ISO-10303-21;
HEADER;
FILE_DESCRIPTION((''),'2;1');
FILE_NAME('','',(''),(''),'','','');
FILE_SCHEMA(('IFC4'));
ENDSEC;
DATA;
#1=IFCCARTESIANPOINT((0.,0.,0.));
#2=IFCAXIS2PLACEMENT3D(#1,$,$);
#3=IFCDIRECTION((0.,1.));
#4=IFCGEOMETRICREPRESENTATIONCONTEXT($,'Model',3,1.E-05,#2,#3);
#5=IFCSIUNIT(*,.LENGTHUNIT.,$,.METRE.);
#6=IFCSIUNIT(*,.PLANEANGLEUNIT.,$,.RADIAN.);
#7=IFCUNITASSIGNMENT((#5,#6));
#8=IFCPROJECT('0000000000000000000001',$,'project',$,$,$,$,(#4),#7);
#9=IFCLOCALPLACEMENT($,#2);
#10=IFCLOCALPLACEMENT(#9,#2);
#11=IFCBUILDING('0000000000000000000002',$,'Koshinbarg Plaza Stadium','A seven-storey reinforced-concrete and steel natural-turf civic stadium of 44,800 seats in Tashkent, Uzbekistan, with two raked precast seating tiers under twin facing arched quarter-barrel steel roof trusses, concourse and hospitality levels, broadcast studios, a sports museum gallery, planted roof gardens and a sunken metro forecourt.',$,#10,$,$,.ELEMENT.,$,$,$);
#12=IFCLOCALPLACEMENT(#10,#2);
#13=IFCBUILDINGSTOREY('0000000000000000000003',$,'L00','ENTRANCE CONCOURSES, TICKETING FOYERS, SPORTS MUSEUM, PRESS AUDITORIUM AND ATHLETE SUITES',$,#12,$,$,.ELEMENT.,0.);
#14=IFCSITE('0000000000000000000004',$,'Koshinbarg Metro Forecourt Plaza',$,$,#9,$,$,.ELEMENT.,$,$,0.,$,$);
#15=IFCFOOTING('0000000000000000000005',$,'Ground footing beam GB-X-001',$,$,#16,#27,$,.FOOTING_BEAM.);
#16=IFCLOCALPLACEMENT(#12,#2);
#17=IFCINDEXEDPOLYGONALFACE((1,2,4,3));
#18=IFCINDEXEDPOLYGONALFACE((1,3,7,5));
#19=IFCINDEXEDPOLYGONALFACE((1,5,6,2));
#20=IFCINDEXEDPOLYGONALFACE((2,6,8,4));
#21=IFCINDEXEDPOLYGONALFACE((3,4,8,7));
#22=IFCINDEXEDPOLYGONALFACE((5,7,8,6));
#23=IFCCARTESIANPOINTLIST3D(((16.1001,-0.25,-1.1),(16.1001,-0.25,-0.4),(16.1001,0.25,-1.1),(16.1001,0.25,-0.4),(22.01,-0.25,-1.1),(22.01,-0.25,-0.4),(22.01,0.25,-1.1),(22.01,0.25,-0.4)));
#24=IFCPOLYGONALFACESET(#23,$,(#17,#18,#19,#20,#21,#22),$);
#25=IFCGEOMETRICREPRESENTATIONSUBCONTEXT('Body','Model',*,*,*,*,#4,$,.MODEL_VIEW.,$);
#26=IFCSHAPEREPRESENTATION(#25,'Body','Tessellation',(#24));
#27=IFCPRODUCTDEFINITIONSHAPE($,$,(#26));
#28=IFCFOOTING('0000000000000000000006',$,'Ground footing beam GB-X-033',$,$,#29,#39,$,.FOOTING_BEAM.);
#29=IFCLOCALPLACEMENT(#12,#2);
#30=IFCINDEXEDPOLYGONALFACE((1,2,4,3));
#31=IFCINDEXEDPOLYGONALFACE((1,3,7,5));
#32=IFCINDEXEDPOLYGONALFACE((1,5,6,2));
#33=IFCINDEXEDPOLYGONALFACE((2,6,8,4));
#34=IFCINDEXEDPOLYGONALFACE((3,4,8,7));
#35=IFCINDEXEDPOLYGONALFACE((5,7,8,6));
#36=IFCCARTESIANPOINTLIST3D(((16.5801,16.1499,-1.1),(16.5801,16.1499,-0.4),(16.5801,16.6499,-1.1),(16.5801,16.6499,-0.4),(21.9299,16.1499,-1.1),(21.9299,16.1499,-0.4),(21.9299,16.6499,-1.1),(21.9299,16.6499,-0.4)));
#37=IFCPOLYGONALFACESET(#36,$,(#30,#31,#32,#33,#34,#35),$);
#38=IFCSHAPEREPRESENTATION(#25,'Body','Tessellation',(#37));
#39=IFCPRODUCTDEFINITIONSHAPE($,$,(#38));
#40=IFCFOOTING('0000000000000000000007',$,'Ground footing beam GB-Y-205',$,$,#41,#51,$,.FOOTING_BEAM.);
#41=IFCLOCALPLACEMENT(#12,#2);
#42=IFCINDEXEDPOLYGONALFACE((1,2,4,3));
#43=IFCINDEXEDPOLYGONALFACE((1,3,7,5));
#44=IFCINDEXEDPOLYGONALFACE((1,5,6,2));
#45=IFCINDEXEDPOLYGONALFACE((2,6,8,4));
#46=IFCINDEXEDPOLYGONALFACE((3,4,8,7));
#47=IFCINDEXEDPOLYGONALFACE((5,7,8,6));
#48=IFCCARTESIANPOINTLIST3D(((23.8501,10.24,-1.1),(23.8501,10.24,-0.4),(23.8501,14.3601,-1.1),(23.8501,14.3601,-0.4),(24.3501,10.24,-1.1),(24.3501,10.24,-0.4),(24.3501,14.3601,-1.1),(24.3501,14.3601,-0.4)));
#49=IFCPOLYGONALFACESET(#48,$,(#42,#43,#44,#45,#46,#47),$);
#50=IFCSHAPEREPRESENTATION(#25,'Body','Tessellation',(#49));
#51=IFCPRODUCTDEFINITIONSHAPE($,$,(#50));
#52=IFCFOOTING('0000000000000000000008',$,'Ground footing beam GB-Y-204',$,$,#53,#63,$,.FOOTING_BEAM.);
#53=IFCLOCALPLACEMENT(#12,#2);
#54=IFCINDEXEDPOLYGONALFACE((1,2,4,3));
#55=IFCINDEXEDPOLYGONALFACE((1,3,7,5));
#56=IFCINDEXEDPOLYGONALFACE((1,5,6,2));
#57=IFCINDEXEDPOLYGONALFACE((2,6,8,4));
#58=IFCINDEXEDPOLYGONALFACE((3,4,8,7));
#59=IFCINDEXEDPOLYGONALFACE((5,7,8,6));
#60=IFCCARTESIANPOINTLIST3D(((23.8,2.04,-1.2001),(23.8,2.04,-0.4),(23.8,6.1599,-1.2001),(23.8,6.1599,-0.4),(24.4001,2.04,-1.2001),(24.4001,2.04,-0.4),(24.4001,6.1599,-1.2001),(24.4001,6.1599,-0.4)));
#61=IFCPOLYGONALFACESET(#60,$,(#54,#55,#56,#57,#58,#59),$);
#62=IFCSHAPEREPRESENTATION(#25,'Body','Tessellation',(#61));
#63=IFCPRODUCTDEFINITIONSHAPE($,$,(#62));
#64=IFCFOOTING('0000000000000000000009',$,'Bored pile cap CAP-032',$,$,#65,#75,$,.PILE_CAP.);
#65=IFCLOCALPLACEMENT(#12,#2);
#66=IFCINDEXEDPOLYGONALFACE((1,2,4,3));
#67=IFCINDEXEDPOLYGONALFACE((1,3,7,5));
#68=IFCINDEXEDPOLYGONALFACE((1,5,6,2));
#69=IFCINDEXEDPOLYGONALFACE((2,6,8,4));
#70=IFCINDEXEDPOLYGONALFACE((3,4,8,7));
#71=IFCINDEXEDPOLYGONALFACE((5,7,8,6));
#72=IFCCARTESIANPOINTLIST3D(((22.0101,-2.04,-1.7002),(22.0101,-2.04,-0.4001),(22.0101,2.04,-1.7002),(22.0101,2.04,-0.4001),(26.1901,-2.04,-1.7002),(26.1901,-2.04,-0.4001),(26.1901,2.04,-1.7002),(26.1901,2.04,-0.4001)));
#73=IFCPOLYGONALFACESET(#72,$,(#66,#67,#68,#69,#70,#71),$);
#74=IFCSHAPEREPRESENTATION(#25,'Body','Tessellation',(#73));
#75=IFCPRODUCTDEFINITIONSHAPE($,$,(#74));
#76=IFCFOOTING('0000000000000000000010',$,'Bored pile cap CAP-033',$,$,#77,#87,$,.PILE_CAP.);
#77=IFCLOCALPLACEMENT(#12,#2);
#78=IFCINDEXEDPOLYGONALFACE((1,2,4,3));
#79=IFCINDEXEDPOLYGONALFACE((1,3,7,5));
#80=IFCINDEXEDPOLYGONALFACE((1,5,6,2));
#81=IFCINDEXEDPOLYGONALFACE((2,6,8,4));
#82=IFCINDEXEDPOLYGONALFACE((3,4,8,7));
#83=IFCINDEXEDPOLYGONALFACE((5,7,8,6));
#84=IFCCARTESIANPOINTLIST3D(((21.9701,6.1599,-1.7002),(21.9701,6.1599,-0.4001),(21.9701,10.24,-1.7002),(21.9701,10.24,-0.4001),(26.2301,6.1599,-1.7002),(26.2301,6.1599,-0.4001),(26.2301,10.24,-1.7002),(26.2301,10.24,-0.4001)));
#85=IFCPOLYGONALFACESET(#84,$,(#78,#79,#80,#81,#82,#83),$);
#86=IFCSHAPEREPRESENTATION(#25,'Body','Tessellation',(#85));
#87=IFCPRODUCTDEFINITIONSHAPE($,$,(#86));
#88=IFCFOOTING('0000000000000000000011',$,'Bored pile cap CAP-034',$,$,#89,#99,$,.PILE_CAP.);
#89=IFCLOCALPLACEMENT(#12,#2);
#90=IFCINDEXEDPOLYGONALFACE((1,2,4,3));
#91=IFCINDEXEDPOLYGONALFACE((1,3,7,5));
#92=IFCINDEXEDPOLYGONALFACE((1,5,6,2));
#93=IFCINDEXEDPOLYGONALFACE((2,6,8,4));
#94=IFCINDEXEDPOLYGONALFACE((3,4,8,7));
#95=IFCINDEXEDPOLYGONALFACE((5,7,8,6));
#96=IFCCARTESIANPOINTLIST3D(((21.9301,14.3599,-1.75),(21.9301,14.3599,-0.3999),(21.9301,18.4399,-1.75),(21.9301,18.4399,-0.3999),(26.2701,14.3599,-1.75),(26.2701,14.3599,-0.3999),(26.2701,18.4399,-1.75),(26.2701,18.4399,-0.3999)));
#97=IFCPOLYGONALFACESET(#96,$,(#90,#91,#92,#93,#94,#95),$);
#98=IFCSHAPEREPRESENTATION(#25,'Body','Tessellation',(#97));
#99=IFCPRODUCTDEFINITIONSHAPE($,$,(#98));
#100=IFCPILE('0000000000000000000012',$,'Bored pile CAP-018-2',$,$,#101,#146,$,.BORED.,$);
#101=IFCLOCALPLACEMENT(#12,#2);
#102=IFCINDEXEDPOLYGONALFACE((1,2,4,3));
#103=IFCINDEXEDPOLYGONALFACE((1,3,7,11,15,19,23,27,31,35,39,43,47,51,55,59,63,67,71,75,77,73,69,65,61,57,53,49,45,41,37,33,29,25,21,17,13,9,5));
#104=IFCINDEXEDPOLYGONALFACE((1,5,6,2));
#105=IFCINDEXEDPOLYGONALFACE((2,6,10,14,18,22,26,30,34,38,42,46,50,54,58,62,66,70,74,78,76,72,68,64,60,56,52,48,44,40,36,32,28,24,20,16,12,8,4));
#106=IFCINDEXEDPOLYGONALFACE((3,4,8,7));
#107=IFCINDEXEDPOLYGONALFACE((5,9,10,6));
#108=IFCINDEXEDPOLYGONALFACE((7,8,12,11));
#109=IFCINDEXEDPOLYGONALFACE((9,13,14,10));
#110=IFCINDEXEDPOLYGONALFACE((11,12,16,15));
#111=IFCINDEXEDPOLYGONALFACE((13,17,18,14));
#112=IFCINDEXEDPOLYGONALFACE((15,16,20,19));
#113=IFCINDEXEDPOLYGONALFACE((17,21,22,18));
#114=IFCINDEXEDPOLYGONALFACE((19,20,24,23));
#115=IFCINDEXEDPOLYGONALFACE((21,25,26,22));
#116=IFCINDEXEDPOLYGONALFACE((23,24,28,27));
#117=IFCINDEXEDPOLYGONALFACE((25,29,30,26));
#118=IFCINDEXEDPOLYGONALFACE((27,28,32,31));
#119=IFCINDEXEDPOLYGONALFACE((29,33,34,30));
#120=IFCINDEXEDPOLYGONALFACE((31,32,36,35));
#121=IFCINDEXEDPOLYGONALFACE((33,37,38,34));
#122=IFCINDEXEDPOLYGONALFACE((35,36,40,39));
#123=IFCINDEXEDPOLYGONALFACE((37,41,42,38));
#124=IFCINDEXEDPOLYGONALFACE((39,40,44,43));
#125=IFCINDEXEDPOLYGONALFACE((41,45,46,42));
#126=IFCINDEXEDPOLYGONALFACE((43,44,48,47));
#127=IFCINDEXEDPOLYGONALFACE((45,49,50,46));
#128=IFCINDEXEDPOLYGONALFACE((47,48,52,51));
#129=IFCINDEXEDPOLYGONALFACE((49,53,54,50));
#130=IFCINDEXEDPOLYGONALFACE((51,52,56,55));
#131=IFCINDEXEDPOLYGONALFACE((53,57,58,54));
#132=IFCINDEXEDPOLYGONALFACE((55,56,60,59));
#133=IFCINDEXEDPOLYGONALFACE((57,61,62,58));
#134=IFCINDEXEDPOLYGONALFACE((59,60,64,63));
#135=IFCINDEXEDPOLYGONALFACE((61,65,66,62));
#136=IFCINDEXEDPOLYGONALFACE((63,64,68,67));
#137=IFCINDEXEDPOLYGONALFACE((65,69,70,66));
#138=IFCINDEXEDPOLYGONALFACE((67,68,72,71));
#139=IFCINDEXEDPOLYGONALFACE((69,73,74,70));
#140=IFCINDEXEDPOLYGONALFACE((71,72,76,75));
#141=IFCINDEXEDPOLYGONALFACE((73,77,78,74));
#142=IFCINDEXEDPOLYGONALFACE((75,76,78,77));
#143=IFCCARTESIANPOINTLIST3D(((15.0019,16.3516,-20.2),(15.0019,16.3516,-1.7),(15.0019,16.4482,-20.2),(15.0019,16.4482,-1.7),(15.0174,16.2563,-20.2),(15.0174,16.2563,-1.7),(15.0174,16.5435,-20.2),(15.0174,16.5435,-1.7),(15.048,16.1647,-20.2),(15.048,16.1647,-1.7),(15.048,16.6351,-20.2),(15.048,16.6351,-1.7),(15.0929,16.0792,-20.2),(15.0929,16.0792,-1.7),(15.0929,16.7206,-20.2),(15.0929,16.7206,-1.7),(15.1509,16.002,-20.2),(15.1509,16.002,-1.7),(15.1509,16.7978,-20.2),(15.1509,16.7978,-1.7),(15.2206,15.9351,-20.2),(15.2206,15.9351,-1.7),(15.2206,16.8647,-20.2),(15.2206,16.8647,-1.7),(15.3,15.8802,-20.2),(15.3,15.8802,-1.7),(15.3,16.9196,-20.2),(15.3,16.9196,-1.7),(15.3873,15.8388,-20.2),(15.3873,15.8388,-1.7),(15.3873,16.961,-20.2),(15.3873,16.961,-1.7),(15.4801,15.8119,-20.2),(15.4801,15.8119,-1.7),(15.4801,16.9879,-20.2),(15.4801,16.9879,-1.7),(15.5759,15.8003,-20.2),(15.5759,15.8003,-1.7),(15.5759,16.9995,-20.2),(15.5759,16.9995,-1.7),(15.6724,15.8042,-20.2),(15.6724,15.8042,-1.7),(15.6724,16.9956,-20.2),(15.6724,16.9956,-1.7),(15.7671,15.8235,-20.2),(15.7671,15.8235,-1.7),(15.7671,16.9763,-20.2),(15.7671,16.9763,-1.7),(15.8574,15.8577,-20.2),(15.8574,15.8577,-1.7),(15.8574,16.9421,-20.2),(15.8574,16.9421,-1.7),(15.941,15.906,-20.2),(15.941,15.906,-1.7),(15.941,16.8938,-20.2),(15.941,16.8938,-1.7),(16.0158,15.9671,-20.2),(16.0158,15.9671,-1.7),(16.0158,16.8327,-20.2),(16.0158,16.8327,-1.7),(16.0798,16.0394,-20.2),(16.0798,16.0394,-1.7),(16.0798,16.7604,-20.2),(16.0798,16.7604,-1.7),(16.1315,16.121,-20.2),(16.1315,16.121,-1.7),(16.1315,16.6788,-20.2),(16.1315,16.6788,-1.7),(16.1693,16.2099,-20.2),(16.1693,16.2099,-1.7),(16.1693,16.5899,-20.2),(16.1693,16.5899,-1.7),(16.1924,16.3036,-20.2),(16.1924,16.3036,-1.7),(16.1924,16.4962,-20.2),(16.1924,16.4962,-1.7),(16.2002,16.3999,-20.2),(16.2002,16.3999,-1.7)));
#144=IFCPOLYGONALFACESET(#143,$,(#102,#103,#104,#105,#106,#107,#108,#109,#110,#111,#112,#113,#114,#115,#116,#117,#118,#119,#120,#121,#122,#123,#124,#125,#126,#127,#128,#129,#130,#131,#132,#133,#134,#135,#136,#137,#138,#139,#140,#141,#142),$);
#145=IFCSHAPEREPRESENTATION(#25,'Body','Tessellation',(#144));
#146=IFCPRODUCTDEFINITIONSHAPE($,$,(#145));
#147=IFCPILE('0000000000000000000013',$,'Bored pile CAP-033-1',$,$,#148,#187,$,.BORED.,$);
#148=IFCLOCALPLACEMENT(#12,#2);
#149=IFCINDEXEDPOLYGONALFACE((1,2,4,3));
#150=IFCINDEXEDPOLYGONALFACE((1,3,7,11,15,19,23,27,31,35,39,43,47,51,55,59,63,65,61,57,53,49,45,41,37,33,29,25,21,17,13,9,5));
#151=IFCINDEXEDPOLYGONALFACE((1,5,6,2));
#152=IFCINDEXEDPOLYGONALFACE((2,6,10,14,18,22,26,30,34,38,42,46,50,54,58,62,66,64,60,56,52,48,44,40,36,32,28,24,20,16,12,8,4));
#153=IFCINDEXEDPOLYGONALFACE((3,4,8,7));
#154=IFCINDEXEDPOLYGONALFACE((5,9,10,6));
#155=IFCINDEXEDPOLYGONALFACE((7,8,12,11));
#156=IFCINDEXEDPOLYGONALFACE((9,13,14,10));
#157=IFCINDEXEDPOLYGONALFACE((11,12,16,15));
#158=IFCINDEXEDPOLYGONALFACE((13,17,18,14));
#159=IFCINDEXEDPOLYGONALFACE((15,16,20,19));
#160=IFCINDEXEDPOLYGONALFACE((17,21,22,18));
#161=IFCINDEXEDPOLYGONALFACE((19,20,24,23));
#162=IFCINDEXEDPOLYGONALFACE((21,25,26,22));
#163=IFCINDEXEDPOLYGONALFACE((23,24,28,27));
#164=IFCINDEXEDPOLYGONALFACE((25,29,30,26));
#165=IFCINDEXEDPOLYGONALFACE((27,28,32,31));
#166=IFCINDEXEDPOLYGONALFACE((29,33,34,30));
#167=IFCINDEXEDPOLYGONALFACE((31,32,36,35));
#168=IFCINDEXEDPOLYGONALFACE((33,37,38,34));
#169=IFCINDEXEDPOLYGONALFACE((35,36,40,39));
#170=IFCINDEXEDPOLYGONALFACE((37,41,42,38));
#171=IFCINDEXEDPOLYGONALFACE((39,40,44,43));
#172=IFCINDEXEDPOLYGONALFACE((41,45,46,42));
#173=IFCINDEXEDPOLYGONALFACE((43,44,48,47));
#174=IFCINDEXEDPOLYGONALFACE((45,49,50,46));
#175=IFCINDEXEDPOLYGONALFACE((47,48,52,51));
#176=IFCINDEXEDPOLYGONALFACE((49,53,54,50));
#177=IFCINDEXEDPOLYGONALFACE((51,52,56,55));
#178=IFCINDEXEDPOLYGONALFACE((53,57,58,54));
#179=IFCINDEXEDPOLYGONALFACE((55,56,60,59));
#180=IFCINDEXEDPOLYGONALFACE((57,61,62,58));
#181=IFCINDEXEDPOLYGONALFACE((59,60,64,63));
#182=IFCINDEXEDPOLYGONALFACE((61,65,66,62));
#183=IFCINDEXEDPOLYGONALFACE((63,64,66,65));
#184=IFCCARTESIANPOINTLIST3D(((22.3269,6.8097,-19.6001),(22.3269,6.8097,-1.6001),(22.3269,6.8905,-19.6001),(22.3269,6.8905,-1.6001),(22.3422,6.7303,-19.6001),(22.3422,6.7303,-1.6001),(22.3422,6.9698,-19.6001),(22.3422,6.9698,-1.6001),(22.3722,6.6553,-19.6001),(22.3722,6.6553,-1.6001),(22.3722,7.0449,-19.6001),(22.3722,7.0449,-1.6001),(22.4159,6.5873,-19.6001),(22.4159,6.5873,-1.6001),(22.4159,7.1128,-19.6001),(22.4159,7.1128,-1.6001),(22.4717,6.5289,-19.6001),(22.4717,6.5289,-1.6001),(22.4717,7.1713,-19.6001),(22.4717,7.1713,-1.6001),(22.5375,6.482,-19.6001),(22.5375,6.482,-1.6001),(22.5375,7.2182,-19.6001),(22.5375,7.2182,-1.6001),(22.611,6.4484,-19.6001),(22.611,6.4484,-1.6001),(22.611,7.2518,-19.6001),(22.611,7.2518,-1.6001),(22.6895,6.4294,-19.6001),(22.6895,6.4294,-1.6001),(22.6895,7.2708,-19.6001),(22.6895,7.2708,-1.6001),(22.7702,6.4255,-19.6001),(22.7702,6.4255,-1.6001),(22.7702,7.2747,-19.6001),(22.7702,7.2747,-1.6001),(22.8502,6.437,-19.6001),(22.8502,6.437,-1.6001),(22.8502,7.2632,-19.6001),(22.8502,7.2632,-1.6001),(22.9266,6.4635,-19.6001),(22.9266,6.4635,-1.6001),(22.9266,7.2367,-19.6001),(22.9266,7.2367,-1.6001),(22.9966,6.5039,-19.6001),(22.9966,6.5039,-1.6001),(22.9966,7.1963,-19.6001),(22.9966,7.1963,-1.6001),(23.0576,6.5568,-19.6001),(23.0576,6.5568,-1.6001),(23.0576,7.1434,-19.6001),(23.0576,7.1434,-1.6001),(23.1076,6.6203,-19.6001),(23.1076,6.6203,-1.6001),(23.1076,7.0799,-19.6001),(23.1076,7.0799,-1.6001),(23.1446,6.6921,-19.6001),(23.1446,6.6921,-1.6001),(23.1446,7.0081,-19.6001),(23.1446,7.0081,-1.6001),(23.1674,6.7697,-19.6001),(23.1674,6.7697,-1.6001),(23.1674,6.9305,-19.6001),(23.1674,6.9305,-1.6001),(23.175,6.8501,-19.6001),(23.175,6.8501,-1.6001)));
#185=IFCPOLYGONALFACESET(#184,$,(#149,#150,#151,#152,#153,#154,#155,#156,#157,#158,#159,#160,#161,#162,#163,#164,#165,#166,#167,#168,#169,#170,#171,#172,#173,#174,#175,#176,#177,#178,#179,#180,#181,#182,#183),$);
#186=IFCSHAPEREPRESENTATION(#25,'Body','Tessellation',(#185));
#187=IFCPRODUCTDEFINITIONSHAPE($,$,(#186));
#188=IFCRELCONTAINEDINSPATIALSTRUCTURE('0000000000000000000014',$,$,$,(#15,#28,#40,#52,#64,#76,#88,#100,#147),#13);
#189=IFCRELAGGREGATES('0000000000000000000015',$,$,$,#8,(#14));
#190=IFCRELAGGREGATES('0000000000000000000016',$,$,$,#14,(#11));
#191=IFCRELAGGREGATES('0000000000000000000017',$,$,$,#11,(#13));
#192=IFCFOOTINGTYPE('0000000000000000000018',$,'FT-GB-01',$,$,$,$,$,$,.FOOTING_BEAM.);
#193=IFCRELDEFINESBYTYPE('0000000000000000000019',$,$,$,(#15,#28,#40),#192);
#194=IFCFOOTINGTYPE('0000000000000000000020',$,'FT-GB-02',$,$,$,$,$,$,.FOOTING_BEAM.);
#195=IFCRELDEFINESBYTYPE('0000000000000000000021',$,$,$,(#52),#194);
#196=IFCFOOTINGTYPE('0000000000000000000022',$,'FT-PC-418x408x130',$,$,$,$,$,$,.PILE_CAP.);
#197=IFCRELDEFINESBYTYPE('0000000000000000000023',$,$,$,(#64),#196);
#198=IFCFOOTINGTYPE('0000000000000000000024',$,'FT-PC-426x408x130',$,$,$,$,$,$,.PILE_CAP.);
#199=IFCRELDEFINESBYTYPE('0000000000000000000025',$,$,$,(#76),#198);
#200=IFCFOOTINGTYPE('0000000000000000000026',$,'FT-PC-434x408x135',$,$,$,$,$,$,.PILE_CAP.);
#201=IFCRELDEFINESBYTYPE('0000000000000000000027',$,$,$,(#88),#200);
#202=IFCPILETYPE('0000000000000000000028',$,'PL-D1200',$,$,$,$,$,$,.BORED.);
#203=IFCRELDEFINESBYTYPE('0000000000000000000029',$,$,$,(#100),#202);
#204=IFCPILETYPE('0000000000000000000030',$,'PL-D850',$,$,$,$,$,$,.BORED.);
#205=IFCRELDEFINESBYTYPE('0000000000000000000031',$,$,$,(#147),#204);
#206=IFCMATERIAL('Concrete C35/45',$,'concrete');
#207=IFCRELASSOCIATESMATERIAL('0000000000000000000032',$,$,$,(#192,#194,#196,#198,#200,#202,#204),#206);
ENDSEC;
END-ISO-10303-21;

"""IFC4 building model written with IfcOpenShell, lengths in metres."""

from ifc_helpers import new_model, si_unit, direction, frame, origin, origin_2d, place, context, subcontext, project, spatial, rectangle, circle, extrude, material, material_profile, profile_set, type_object, element, save


model = new_model("IFC4")

# Units and contexts
model_context = context("Model", 3, precision=1e-05, world=origin(), true_north=direction((0.0, 1.0)))
body_context = subcontext(model_context, "Body", "Model", "MODEL_VIEW")
ifc_project = project(units=[si_unit("LENGTHUNIT", "METRE"), si_unit("PLANEANGLEUNIT", "RADIAN")], contexts=[model_context])

# Site, building, storey
site_placement = place(None, origin())
site = spatial("IfcSite", under=ifc_project, at=site_placement, Name="Koshinbarg Metro Forecourt Plaza", CompositionType="ELEMENT", RefElevation=0.0)
building_placement = place(site_placement, origin())
building = spatial("IfcBuilding", under=site, at=building_placement, Name="Koshinbarg Plaza Stadium", Description="A seven-storey reinforced-concrete and steel natural-turf civic stadium of 44,800 seats in Tashkent, Uzbekistan, with two raked precast seating tiers under twin facing arched quarter-barrel steel roof trusses, concourse and hospitality levels, broadcast studios, a sports museum gallery, planted roof gardens and a sunken metro forecourt.", CompositionType="ELEMENT")
storey_placement = place(building_placement, origin())
storey = spatial("IfcBuildingStorey", under=building, at=storey_placement, Name="L00", Description="ENTRANCE CONCOURSES, TICKETING FOYERS, SPORTS MUSEUM, PRESS AUDITORIUM AND ATHLETE SUITES", CompositionType="ELEMENT", Elevation=0.0)

# Footings
ifc_material_1 = material(Name="Concrete C35/45", Category="concrete")
ifc_material_profile_1 = material_profile(ifc_material_1, rectangle(XDim=0.5, YDim=0.7, at=origin_2d()), Name="GB 500x700")
ifc_profile_set_1 = profile_set([ifc_material_profile_1], Name="Concrete C35/45")
footing_type_1 = type_object("IfcFootingType", Name="FT-GB-01", PredefinedType="FOOTING_BEAM", material=ifc_profile_set_1)
footing_1_placement = place(storey_placement, frame((16.1001, 0.0, -0.75), z_axis=(1.0, 0.0, 0.0), x_axis=(0.0, 1.0, 0.0)))
element("IfcFooting", 1, at=footing_1_placement, inside=storey, type_object=footing_type_1, Name="Ground footing beam GB-X-001", PredefinedType="FOOTING_BEAM", context=body_context, shape_type="SweptSolid", body=[
    extrude(rectangle(XDim=0.5, YDim=0.7, at=origin_2d()), origin(), (0.0, 0.0, 1.0), 5.9099),
])
footing_2_placement = place(storey_placement, frame((16.5801, 16.3999, -0.75), z_axis=(1.0, 0.0, 0.0), x_axis=(0.0, 1.0, 0.0)))
element("IfcFooting", 2, at=footing_2_placement, inside=storey, type_object=footing_type_1, Name="Ground footing beam GB-X-033", PredefinedType="FOOTING_BEAM", context=body_context, shape_type="SweptSolid", body=[
    extrude(rectangle(XDim=0.5, YDim=0.7, at=origin_2d()), origin(), (0.0, 0.0, 1.0), 5.3499),
])
footing_3_placement = place(storey_placement, frame((24.1001, 10.24, -0.75), z_axis=(0.0, 1.0, 0.0), x_axis=(-1.0, 0.0, 0.0)))
element("IfcFooting", 3, at=footing_3_placement, inside=storey, type_object=footing_type_1, Name="Ground footing beam GB-Y-205", PredefinedType="FOOTING_BEAM", context=body_context, shape_type="SweptSolid", body=[
    extrude(rectangle(XDim=0.5, YDim=0.7, at=origin_2d()), origin(), (0.0, 0.0, 1.0), 4.1201),
])
ifc_material_profile_2 = material_profile(ifc_material_1, rectangle(XDim=0.6001, YDim=0.8, at=origin_2d()), Name="GB 600x800")
ifc_profile_set_2 = profile_set([ifc_material_profile_2], Name="Concrete C35/45")
footing_type_2 = type_object("IfcFootingType", Name="FT-GB-02", PredefinedType="FOOTING_BEAM", material=ifc_profile_set_2)
footing_4_placement = place(storey_placement, frame((24.1001, 2.04, -0.8), z_axis=(0.0, 1.0, 0.0), x_axis=(-1.0, 0.0, 0.0)))
element("IfcFooting", 4, at=footing_4_placement, inside=storey, type_object=footing_type_2, Name="Ground footing beam GB-Y-204", PredefinedType="FOOTING_BEAM", context=body_context, shape_type="SweptSolid", body=[
    extrude(rectangle(XDim=0.6001, YDim=0.8, at=origin_2d()), origin(), (0.0, 0.0, 1.0), 4.1199),
])
footing_type_3 = type_object("IfcFootingType", Name="FT-PC-418x408x130", PredefinedType="PILE_CAP", material=ifc_material_1)
footing_5_placement = place(storey_placement, frame((24.1001, 0.0, -1.7002), z_axis=(0.0, 0.0, 1.0), x_axis=(1.0, 0.0, 0.0)))
element("IfcFooting", 5, at=footing_5_placement, inside=storey, type_object=footing_type_3, Name="Bored pile cap CAP-032", PredefinedType="PILE_CAP", context=body_context, shape_type="SweptSolid", body=[
    extrude(rectangle(XDim=4.1799, YDim=4.0801, at=origin_2d()), origin(), (0.0, 0.0, 1.0), 1.3),
])
footing_type_4 = type_object("IfcFootingType", Name="FT-PC-426x408x130", PredefinedType="PILE_CAP", material=ifc_material_1)
footing_6_placement = place(storey_placement, frame((24.1001, 8.2, -1.7002), z_axis=(0.0, 0.0, 1.0), x_axis=(1.0, 0.0, 0.0)))
element("IfcFooting", 6, at=footing_6_placement, inside=storey, type_object=footing_type_4, Name="Bored pile cap CAP-033", PredefinedType="PILE_CAP", context=body_context, shape_type="SweptSolid", body=[
    extrude(rectangle(XDim=4.26, YDim=4.0801, at=origin_2d()), origin(), (0.0, 0.0, 1.0), 1.3),
])
footing_type_5 = type_object("IfcFootingType", Name="FT-PC-434x408x135", PredefinedType="PILE_CAP", material=ifc_material_1)
footing_7_placement = place(storey_placement, frame((24.1001, 16.3999, -1.75), z_axis=(0.0, 0.0, 1.0), x_axis=(1.0, 0.0, 0.0)))
element("IfcFooting", 7, at=footing_7_placement, inside=storey, type_object=footing_type_5, Name="Bored pile cap CAP-034", PredefinedType="PILE_CAP", context=body_context, shape_type="SweptSolid", body=[
    extrude(rectangle(XDim=4.3401, YDim=4.0801, at=origin_2d()), origin(), (0.0, 0.0, 1.0), 1.3501),
])

# Piles
ifc_material_profile_3 = material_profile(ifc_material_1, circle(Radius=0.6001, at=origin_2d()), Name="PILE D1200")
ifc_profile_set_3 = profile_set([ifc_material_profile_3], Name="Concrete C35/45")
pile_type_1 = type_object("IfcPileType", Name="PL-D1200", PredefinedType="BORED", material=ifc_profile_set_3)
pile_placement = place(storey_placement, frame((15.6001, 16.3999, -1.7), z_axis=(0.0, 0.0, -1.0), x_axis=(1.0, 0.0, 0.0)))
element("IfcPile", 8, at=pile_placement, inside=storey, type_object=pile_type_1, Name="Bored pile CAP-018-2", PredefinedType="BORED", context=body_context, shape_type="SweptSolid", body=[
    extrude(circle(Radius=0.6001, at=origin_2d()), origin(), (0.0, 0.0, 1.0), 18.5),
])
ifc_material_profile_4 = material_profile(ifc_material_1, circle(Radius=0.425, at=origin_2d()), Name="PILE D850")
ifc_profile_set_4 = profile_set([ifc_material_profile_4], Name="Concrete C35/45")
pile_type_2 = type_object("IfcPileType", Name="PL-D850", PredefinedType="BORED", material=ifc_profile_set_4)
for number, where, z_axis, x_axis, name in (
    (9, (22.75, 6.8501, -1.6001), (0.0, 0.0, -1.0), (1.0, 0.0, 0.0), "Bored pile CAP-033-1"),
):
    element("IfcPile", number, at=place(storey_placement, frame(where, z_axis=z_axis, x_axis=x_axis)), inside=storey, type_object=pile_type_2, Name=name, PredefinedType="BORED", context=body_context, shape_type="SweptSolid", body=[
        extrude(circle(Radius=0.425, at=origin_2d()), origin(), (0.0, 0.0, 1.0), 18.0),
    ])

save(model, "model.ifc")
